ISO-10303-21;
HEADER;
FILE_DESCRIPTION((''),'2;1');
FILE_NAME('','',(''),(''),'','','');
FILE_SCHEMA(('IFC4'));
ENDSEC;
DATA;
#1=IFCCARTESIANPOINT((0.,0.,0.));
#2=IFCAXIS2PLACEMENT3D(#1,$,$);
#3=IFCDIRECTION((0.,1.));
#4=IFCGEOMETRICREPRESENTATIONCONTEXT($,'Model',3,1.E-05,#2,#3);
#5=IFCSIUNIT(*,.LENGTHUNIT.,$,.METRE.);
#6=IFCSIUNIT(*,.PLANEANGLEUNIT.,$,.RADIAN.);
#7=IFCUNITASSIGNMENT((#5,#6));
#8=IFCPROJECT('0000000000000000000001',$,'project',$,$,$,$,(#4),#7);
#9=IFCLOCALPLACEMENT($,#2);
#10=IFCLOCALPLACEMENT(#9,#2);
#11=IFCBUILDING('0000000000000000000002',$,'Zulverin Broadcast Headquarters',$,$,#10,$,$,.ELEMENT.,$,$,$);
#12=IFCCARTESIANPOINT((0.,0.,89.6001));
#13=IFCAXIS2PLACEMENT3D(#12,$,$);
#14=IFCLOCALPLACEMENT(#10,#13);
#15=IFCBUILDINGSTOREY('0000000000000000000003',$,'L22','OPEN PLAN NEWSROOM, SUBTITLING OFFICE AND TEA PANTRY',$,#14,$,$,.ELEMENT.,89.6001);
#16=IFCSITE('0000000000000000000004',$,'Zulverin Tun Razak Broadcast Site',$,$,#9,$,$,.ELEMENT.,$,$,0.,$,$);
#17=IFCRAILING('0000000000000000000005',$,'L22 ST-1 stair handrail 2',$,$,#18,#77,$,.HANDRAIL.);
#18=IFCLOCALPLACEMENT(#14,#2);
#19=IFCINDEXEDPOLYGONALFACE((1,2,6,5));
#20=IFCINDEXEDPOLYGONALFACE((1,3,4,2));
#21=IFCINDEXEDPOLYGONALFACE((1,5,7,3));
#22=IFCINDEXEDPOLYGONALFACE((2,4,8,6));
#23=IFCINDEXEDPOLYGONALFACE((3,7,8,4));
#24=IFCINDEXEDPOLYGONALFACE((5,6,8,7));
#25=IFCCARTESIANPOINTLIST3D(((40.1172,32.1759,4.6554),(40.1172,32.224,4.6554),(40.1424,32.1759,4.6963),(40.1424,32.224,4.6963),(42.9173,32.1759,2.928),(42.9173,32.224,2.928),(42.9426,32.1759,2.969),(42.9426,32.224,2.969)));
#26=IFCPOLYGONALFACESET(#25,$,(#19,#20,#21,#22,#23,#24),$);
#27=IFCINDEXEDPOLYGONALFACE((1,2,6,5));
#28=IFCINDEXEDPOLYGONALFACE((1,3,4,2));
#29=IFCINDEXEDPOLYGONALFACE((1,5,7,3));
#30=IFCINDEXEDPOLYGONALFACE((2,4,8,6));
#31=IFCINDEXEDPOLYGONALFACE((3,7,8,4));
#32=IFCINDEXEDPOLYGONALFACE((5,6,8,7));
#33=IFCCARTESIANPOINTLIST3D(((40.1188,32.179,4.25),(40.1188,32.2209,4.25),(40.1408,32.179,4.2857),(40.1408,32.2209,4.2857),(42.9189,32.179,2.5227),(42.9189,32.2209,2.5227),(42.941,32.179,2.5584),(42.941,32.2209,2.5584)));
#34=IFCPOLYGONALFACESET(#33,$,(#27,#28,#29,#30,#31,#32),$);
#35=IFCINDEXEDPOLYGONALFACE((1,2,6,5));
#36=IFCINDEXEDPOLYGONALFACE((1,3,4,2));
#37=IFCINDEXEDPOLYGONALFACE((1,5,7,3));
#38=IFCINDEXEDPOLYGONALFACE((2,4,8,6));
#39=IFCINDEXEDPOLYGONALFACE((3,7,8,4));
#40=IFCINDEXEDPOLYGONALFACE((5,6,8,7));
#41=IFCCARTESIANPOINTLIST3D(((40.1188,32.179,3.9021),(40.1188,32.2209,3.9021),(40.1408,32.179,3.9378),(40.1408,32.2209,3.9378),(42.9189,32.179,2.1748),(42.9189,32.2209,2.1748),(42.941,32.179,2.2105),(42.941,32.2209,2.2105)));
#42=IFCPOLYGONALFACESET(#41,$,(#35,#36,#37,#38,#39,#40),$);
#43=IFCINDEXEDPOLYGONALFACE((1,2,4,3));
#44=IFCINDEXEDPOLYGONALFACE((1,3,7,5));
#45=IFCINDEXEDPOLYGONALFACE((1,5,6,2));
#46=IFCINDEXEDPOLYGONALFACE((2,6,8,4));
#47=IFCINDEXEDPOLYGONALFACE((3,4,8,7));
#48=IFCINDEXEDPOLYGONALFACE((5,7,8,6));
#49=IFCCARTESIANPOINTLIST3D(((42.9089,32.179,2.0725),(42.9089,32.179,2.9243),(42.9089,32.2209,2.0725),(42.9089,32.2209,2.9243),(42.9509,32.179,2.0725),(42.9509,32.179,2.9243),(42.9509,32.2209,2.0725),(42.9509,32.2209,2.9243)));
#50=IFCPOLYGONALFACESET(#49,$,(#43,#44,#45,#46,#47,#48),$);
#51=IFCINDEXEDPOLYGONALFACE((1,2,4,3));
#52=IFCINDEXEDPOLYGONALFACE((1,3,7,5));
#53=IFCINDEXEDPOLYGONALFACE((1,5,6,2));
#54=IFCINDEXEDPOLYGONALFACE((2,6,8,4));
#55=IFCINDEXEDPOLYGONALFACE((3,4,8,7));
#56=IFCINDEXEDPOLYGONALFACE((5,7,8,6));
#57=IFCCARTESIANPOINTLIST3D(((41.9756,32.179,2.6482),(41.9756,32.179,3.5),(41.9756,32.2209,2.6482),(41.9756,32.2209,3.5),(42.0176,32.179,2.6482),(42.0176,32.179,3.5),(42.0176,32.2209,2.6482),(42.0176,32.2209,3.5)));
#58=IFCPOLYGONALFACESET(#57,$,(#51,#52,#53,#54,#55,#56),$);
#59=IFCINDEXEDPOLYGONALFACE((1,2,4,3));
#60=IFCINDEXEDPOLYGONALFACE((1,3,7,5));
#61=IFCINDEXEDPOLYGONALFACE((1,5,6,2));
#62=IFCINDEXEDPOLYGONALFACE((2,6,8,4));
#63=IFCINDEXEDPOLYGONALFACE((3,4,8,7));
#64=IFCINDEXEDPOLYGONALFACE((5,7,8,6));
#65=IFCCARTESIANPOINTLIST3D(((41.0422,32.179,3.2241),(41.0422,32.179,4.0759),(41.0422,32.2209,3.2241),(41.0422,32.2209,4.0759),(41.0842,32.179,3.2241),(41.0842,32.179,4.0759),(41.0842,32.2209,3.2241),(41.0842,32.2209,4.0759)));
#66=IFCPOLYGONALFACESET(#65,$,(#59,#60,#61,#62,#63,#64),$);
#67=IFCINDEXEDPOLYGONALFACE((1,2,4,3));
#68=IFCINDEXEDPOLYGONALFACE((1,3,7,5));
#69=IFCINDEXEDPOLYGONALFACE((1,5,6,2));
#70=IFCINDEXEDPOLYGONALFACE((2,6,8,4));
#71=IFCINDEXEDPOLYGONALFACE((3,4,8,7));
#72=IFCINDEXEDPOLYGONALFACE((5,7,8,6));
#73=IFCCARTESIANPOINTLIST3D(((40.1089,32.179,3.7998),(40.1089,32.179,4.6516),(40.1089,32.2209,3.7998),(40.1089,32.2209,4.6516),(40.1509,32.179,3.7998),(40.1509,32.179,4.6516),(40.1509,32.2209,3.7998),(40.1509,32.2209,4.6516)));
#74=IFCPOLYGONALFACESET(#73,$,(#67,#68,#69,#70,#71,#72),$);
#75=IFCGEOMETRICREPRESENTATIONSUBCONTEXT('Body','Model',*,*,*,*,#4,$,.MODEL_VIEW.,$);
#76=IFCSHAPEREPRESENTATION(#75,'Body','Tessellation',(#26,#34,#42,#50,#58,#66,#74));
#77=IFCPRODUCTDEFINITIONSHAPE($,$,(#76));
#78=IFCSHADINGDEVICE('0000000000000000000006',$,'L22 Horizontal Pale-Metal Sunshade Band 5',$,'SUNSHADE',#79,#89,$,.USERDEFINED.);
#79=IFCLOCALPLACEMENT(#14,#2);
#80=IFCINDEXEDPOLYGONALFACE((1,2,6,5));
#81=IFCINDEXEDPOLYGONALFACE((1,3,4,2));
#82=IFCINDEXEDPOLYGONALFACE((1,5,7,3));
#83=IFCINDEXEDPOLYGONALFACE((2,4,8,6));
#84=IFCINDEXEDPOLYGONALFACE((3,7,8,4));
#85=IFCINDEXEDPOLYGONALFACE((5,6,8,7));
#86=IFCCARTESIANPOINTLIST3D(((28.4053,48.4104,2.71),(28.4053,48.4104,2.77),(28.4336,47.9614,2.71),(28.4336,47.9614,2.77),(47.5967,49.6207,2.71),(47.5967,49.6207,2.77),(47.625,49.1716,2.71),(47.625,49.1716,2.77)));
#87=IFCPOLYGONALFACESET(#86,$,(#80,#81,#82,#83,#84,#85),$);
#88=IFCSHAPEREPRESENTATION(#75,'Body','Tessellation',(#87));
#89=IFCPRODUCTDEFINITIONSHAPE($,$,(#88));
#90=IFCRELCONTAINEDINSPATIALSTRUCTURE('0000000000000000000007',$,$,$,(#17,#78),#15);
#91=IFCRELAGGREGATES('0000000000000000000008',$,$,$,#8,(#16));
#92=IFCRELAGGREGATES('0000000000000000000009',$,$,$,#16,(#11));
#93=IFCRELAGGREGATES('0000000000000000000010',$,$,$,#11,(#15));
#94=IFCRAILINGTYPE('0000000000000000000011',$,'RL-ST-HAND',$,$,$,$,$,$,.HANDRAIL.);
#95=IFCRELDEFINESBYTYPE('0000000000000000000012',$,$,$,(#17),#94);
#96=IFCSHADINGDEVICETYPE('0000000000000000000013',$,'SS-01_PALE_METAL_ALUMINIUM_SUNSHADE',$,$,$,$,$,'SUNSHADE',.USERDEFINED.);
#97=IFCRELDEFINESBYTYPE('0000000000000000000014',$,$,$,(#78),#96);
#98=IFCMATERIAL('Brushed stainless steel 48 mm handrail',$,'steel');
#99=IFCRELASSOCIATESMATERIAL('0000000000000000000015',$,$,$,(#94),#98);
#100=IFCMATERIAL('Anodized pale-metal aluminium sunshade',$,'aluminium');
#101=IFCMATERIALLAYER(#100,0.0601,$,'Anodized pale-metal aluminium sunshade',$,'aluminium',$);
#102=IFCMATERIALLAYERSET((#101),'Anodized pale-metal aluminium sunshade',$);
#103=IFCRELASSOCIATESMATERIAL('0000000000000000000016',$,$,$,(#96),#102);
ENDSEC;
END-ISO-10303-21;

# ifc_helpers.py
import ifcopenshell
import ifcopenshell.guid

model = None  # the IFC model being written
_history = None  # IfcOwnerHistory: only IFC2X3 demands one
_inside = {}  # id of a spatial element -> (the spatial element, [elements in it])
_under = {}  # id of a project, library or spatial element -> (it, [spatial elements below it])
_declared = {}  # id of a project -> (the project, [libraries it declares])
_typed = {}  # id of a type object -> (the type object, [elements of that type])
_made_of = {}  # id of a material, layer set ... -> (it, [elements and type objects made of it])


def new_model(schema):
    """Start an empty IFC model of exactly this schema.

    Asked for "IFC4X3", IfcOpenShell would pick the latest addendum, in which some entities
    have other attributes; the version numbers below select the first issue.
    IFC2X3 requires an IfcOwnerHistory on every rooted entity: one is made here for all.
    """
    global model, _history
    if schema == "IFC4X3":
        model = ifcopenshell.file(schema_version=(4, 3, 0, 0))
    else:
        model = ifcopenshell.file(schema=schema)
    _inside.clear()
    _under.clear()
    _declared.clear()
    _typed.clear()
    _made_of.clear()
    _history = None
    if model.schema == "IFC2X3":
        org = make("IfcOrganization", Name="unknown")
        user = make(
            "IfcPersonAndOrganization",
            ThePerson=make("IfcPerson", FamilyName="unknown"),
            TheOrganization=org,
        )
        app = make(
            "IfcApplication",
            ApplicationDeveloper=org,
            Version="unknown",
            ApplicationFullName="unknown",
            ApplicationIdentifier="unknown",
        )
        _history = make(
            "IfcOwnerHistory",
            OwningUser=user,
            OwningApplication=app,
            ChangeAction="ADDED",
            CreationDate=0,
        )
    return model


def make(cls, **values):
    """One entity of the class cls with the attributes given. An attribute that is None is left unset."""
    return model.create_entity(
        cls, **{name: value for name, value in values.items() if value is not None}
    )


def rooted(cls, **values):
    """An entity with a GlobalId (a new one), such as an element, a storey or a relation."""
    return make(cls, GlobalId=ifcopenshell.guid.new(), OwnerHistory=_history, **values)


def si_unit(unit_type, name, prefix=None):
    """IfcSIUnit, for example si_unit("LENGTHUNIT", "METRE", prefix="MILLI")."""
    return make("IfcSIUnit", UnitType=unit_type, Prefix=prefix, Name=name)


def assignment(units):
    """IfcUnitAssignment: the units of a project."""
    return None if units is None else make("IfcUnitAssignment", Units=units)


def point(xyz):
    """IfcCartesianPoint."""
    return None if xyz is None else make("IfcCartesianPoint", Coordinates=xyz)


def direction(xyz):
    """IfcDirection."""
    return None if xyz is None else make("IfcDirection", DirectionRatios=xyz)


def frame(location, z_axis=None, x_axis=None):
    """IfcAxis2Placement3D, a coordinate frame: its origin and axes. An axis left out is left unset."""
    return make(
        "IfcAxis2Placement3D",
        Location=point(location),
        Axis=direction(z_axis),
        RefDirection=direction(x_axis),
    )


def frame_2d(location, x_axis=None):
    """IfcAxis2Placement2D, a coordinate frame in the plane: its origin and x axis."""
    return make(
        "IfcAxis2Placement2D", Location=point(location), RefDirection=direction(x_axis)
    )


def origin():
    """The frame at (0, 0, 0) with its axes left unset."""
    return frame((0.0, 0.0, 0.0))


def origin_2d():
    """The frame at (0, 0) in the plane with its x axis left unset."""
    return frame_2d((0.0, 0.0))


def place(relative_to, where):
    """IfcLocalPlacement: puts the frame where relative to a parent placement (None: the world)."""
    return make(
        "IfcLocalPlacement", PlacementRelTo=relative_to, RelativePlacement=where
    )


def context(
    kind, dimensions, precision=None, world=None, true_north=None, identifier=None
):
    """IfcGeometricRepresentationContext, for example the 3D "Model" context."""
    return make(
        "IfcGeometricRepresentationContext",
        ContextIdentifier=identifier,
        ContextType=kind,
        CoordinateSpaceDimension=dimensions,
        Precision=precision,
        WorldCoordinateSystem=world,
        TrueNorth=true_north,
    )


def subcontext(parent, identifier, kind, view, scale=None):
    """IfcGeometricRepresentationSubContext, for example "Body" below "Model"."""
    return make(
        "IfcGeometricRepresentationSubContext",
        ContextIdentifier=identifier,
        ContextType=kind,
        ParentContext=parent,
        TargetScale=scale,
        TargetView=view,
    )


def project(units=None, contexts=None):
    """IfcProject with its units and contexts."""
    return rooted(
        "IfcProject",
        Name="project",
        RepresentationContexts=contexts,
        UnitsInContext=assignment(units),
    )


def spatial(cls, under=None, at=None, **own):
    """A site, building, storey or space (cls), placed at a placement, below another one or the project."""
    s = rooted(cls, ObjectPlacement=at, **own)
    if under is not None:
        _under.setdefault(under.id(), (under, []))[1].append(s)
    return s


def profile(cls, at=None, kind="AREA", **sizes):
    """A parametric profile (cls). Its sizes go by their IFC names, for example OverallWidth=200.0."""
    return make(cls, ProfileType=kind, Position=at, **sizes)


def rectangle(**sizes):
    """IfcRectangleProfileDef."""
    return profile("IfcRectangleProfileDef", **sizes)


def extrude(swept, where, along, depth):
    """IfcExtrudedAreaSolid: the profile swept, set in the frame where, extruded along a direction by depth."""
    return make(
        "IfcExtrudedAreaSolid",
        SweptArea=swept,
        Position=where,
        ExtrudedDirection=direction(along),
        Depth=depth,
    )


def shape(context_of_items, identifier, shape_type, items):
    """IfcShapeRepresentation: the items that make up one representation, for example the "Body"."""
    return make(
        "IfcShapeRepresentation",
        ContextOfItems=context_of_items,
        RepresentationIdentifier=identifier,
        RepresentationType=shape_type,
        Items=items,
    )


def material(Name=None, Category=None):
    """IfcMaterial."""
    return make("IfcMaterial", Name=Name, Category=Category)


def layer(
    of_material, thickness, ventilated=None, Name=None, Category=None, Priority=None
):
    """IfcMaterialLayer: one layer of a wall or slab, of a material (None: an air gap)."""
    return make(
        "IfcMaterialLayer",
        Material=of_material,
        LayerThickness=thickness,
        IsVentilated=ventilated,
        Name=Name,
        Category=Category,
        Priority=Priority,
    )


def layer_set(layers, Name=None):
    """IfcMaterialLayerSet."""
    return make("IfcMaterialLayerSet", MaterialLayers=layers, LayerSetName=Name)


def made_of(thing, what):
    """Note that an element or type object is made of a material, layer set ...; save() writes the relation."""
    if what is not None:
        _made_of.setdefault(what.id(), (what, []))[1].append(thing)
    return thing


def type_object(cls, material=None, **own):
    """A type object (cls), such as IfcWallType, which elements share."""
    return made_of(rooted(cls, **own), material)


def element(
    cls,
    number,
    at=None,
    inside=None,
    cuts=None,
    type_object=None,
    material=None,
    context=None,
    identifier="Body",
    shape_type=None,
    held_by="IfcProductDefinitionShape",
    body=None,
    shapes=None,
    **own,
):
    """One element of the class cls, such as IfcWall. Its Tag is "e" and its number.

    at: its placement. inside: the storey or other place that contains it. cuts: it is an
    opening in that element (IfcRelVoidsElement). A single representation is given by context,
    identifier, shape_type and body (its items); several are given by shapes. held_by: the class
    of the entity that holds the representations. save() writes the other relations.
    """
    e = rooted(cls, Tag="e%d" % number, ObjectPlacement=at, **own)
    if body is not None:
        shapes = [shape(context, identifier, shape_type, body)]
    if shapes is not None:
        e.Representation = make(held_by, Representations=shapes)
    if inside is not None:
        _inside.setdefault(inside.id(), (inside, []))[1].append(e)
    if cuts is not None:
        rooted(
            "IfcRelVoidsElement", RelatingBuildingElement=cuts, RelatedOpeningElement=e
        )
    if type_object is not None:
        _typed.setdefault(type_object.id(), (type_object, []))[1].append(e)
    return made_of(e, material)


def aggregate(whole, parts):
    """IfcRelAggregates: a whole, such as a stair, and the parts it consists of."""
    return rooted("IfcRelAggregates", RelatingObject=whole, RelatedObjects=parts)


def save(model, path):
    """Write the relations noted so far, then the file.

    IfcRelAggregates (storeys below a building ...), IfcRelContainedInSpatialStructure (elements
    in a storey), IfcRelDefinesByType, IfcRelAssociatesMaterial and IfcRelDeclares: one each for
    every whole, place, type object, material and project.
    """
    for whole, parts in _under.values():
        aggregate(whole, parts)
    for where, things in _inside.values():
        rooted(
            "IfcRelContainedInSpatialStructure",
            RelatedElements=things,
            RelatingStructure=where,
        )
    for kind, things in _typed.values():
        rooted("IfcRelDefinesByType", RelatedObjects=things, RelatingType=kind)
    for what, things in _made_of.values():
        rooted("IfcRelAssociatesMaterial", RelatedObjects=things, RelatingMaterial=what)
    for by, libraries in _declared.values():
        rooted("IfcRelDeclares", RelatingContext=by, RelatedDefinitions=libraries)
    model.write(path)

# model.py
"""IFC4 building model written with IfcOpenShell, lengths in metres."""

from ifc_helpers import new_model, si_unit, direction, frame, origin, origin_2d, place, context, subcontext, project, spatial, rectangle, extrude, material, layer, layer_set, type_object, element, save


model = new_model("IFC4")

# Units and contexts
model_context = context("Model", 3, precision=1e-05, world=origin(), true_north=direction((0.0, 1.0)))
body_context = subcontext(model_context, "Body", "Model", "MODEL_VIEW")
ifc_project = project(units=[si_unit("LENGTHUNIT", "METRE"), si_unit("PLANEANGLEUNIT", "RADIAN")], contexts=[model_context])

# Site, building, storey
site_placement = place(None, origin())
site = spatial("IfcSite", under=ifc_project, at=site_placement, Name="Zulverin Tun Razak Broadcast Site", CompositionType="ELEMENT", RefElevation=0.0)
building_placement = place(site_placement, origin())
building = spatial("IfcBuilding", under=site, at=building_placement, Name="Zulverin Broadcast Headquarters", CompositionType="ELEMENT")
storey_placement = place(building_placement, frame((0.0, 0.0, 89.6001)))
storey = spatial("IfcBuildingStorey", under=building, at=storey_placement, Name="L22", Description="OPEN PLAN NEWSROOM, SUBTITLING OFFICE AND TEA PANTRY", CompositionType="ELEMENT", Elevation=89.6001)

# Railing
ifc_material_1 = material(Name="Brushed stainless steel 48 mm handrail", Category="steel")
railing_type_1 = type_object("IfcRailingType", Name="RL-ST-HAND", PredefinedType="HANDRAIL", material=ifc_material_1)
railing_1_placement = place(storey_placement, frame((42.9299, 32.2, 2.0725)))
element("IfcRailing", 1, at=railing_1_placement, inside=storey, type_object=railing_type_1, Name="L22 ST-1 stair handrail 2", PredefinedType="HANDRAIL", context=body_context, shape_type="SweptSolid", body=[
    extrude(rectangle(XDim=0.0481, YDim=0.0481, at=origin_2d()), frame((0.0, 0.0, 0.876), z_axis=(-0.85109, 0.0, 0.52502), x_axis=(0.0, -1.0, 0.0)), (0.0, 0.0, 1.0), 3.29),
    extrude(rectangle(XDim=0.042, YDim=0.042, at=origin_2d()), frame((0.0, 0.0, 0.468), z_axis=(-0.85109, 0.0, 0.52502), x_axis=(0.0, -1.0, 0.0)), (0.0, 0.0, 1.0), 3.29),
    extrude(rectangle(XDim=0.042, YDim=0.042, at=origin_2d()), frame((0.0, 0.0, 0.1201), z_axis=(-0.85109, 0.0, 0.52502), x_axis=(0.0, -1.0, 0.0)), (0.0, 0.0, 1.0), 3.29),
    extrude(rectangle(XDim=0.042, YDim=0.042, at=origin_2d()), origin(), (0.0, 0.0, 1.0), 0.8518),
    extrude(rectangle(XDim=0.042, YDim=0.042, at=origin_2d()), frame((-0.9333, 0.0, 0.5757)), (0.0, 0.0, 1.0), 0.8518),
    extrude(rectangle(XDim=0.042, YDim=0.042, at=origin_2d()), frame((-1.8667, 0.0, 1.1516)), (0.0, 0.0, 1.0), 0.8518),
    extrude(rectangle(XDim=0.042, YDim=0.042, at=origin_2d()), frame((-2.8, 0.0, 1.7273)), (0.0, 0.0, 1.0), 0.8518),
])

# Shading device
ifc_material_2 = material(Name="Anodized pale-metal aluminium sunshade", Category="aluminium")
ifc_layer_1 = layer(ifc_material_2, 0.0601, Name="Anodized pale-metal aluminium sunshade", Category="aluminium")
ifc_layer_set_1 = layer_set([ifc_layer_1], Name="Anodized pale-metal aluminium sunshade")
shading_device_type = type_object("IfcShadingDeviceType", Name="SS-01_PALE_METAL_ALUMINIUM_SUNSHADE", ElementType="SUNSHADE", PredefinedType="USERDEFINED", material=ifc_layer_set_1)
shading_device_placement = place(storey_placement, frame((38.0151, 48.791, 2.71), z_axis=(0.0, 0.0, 1.0), x_axis=(-0.998018, -0.062935, 0.0)))
element("IfcShadingDevice", 2, at=shading_device_placement, inside=storey, type_object=shading_device_type, Name="L22 Horizontal Pale-Metal Sunshade Band 5", ObjectType="SUNSHADE", PredefinedType="USERDEFINED", context=body_context, shape_type="SweptSolid", body=[
    extrude(rectangle(XDim=19.2295, YDim=0.45, at=origin_2d()), origin(), (0.0, 0.0, 1.0), 0.0601),
])

save(model, "model.ifc")
